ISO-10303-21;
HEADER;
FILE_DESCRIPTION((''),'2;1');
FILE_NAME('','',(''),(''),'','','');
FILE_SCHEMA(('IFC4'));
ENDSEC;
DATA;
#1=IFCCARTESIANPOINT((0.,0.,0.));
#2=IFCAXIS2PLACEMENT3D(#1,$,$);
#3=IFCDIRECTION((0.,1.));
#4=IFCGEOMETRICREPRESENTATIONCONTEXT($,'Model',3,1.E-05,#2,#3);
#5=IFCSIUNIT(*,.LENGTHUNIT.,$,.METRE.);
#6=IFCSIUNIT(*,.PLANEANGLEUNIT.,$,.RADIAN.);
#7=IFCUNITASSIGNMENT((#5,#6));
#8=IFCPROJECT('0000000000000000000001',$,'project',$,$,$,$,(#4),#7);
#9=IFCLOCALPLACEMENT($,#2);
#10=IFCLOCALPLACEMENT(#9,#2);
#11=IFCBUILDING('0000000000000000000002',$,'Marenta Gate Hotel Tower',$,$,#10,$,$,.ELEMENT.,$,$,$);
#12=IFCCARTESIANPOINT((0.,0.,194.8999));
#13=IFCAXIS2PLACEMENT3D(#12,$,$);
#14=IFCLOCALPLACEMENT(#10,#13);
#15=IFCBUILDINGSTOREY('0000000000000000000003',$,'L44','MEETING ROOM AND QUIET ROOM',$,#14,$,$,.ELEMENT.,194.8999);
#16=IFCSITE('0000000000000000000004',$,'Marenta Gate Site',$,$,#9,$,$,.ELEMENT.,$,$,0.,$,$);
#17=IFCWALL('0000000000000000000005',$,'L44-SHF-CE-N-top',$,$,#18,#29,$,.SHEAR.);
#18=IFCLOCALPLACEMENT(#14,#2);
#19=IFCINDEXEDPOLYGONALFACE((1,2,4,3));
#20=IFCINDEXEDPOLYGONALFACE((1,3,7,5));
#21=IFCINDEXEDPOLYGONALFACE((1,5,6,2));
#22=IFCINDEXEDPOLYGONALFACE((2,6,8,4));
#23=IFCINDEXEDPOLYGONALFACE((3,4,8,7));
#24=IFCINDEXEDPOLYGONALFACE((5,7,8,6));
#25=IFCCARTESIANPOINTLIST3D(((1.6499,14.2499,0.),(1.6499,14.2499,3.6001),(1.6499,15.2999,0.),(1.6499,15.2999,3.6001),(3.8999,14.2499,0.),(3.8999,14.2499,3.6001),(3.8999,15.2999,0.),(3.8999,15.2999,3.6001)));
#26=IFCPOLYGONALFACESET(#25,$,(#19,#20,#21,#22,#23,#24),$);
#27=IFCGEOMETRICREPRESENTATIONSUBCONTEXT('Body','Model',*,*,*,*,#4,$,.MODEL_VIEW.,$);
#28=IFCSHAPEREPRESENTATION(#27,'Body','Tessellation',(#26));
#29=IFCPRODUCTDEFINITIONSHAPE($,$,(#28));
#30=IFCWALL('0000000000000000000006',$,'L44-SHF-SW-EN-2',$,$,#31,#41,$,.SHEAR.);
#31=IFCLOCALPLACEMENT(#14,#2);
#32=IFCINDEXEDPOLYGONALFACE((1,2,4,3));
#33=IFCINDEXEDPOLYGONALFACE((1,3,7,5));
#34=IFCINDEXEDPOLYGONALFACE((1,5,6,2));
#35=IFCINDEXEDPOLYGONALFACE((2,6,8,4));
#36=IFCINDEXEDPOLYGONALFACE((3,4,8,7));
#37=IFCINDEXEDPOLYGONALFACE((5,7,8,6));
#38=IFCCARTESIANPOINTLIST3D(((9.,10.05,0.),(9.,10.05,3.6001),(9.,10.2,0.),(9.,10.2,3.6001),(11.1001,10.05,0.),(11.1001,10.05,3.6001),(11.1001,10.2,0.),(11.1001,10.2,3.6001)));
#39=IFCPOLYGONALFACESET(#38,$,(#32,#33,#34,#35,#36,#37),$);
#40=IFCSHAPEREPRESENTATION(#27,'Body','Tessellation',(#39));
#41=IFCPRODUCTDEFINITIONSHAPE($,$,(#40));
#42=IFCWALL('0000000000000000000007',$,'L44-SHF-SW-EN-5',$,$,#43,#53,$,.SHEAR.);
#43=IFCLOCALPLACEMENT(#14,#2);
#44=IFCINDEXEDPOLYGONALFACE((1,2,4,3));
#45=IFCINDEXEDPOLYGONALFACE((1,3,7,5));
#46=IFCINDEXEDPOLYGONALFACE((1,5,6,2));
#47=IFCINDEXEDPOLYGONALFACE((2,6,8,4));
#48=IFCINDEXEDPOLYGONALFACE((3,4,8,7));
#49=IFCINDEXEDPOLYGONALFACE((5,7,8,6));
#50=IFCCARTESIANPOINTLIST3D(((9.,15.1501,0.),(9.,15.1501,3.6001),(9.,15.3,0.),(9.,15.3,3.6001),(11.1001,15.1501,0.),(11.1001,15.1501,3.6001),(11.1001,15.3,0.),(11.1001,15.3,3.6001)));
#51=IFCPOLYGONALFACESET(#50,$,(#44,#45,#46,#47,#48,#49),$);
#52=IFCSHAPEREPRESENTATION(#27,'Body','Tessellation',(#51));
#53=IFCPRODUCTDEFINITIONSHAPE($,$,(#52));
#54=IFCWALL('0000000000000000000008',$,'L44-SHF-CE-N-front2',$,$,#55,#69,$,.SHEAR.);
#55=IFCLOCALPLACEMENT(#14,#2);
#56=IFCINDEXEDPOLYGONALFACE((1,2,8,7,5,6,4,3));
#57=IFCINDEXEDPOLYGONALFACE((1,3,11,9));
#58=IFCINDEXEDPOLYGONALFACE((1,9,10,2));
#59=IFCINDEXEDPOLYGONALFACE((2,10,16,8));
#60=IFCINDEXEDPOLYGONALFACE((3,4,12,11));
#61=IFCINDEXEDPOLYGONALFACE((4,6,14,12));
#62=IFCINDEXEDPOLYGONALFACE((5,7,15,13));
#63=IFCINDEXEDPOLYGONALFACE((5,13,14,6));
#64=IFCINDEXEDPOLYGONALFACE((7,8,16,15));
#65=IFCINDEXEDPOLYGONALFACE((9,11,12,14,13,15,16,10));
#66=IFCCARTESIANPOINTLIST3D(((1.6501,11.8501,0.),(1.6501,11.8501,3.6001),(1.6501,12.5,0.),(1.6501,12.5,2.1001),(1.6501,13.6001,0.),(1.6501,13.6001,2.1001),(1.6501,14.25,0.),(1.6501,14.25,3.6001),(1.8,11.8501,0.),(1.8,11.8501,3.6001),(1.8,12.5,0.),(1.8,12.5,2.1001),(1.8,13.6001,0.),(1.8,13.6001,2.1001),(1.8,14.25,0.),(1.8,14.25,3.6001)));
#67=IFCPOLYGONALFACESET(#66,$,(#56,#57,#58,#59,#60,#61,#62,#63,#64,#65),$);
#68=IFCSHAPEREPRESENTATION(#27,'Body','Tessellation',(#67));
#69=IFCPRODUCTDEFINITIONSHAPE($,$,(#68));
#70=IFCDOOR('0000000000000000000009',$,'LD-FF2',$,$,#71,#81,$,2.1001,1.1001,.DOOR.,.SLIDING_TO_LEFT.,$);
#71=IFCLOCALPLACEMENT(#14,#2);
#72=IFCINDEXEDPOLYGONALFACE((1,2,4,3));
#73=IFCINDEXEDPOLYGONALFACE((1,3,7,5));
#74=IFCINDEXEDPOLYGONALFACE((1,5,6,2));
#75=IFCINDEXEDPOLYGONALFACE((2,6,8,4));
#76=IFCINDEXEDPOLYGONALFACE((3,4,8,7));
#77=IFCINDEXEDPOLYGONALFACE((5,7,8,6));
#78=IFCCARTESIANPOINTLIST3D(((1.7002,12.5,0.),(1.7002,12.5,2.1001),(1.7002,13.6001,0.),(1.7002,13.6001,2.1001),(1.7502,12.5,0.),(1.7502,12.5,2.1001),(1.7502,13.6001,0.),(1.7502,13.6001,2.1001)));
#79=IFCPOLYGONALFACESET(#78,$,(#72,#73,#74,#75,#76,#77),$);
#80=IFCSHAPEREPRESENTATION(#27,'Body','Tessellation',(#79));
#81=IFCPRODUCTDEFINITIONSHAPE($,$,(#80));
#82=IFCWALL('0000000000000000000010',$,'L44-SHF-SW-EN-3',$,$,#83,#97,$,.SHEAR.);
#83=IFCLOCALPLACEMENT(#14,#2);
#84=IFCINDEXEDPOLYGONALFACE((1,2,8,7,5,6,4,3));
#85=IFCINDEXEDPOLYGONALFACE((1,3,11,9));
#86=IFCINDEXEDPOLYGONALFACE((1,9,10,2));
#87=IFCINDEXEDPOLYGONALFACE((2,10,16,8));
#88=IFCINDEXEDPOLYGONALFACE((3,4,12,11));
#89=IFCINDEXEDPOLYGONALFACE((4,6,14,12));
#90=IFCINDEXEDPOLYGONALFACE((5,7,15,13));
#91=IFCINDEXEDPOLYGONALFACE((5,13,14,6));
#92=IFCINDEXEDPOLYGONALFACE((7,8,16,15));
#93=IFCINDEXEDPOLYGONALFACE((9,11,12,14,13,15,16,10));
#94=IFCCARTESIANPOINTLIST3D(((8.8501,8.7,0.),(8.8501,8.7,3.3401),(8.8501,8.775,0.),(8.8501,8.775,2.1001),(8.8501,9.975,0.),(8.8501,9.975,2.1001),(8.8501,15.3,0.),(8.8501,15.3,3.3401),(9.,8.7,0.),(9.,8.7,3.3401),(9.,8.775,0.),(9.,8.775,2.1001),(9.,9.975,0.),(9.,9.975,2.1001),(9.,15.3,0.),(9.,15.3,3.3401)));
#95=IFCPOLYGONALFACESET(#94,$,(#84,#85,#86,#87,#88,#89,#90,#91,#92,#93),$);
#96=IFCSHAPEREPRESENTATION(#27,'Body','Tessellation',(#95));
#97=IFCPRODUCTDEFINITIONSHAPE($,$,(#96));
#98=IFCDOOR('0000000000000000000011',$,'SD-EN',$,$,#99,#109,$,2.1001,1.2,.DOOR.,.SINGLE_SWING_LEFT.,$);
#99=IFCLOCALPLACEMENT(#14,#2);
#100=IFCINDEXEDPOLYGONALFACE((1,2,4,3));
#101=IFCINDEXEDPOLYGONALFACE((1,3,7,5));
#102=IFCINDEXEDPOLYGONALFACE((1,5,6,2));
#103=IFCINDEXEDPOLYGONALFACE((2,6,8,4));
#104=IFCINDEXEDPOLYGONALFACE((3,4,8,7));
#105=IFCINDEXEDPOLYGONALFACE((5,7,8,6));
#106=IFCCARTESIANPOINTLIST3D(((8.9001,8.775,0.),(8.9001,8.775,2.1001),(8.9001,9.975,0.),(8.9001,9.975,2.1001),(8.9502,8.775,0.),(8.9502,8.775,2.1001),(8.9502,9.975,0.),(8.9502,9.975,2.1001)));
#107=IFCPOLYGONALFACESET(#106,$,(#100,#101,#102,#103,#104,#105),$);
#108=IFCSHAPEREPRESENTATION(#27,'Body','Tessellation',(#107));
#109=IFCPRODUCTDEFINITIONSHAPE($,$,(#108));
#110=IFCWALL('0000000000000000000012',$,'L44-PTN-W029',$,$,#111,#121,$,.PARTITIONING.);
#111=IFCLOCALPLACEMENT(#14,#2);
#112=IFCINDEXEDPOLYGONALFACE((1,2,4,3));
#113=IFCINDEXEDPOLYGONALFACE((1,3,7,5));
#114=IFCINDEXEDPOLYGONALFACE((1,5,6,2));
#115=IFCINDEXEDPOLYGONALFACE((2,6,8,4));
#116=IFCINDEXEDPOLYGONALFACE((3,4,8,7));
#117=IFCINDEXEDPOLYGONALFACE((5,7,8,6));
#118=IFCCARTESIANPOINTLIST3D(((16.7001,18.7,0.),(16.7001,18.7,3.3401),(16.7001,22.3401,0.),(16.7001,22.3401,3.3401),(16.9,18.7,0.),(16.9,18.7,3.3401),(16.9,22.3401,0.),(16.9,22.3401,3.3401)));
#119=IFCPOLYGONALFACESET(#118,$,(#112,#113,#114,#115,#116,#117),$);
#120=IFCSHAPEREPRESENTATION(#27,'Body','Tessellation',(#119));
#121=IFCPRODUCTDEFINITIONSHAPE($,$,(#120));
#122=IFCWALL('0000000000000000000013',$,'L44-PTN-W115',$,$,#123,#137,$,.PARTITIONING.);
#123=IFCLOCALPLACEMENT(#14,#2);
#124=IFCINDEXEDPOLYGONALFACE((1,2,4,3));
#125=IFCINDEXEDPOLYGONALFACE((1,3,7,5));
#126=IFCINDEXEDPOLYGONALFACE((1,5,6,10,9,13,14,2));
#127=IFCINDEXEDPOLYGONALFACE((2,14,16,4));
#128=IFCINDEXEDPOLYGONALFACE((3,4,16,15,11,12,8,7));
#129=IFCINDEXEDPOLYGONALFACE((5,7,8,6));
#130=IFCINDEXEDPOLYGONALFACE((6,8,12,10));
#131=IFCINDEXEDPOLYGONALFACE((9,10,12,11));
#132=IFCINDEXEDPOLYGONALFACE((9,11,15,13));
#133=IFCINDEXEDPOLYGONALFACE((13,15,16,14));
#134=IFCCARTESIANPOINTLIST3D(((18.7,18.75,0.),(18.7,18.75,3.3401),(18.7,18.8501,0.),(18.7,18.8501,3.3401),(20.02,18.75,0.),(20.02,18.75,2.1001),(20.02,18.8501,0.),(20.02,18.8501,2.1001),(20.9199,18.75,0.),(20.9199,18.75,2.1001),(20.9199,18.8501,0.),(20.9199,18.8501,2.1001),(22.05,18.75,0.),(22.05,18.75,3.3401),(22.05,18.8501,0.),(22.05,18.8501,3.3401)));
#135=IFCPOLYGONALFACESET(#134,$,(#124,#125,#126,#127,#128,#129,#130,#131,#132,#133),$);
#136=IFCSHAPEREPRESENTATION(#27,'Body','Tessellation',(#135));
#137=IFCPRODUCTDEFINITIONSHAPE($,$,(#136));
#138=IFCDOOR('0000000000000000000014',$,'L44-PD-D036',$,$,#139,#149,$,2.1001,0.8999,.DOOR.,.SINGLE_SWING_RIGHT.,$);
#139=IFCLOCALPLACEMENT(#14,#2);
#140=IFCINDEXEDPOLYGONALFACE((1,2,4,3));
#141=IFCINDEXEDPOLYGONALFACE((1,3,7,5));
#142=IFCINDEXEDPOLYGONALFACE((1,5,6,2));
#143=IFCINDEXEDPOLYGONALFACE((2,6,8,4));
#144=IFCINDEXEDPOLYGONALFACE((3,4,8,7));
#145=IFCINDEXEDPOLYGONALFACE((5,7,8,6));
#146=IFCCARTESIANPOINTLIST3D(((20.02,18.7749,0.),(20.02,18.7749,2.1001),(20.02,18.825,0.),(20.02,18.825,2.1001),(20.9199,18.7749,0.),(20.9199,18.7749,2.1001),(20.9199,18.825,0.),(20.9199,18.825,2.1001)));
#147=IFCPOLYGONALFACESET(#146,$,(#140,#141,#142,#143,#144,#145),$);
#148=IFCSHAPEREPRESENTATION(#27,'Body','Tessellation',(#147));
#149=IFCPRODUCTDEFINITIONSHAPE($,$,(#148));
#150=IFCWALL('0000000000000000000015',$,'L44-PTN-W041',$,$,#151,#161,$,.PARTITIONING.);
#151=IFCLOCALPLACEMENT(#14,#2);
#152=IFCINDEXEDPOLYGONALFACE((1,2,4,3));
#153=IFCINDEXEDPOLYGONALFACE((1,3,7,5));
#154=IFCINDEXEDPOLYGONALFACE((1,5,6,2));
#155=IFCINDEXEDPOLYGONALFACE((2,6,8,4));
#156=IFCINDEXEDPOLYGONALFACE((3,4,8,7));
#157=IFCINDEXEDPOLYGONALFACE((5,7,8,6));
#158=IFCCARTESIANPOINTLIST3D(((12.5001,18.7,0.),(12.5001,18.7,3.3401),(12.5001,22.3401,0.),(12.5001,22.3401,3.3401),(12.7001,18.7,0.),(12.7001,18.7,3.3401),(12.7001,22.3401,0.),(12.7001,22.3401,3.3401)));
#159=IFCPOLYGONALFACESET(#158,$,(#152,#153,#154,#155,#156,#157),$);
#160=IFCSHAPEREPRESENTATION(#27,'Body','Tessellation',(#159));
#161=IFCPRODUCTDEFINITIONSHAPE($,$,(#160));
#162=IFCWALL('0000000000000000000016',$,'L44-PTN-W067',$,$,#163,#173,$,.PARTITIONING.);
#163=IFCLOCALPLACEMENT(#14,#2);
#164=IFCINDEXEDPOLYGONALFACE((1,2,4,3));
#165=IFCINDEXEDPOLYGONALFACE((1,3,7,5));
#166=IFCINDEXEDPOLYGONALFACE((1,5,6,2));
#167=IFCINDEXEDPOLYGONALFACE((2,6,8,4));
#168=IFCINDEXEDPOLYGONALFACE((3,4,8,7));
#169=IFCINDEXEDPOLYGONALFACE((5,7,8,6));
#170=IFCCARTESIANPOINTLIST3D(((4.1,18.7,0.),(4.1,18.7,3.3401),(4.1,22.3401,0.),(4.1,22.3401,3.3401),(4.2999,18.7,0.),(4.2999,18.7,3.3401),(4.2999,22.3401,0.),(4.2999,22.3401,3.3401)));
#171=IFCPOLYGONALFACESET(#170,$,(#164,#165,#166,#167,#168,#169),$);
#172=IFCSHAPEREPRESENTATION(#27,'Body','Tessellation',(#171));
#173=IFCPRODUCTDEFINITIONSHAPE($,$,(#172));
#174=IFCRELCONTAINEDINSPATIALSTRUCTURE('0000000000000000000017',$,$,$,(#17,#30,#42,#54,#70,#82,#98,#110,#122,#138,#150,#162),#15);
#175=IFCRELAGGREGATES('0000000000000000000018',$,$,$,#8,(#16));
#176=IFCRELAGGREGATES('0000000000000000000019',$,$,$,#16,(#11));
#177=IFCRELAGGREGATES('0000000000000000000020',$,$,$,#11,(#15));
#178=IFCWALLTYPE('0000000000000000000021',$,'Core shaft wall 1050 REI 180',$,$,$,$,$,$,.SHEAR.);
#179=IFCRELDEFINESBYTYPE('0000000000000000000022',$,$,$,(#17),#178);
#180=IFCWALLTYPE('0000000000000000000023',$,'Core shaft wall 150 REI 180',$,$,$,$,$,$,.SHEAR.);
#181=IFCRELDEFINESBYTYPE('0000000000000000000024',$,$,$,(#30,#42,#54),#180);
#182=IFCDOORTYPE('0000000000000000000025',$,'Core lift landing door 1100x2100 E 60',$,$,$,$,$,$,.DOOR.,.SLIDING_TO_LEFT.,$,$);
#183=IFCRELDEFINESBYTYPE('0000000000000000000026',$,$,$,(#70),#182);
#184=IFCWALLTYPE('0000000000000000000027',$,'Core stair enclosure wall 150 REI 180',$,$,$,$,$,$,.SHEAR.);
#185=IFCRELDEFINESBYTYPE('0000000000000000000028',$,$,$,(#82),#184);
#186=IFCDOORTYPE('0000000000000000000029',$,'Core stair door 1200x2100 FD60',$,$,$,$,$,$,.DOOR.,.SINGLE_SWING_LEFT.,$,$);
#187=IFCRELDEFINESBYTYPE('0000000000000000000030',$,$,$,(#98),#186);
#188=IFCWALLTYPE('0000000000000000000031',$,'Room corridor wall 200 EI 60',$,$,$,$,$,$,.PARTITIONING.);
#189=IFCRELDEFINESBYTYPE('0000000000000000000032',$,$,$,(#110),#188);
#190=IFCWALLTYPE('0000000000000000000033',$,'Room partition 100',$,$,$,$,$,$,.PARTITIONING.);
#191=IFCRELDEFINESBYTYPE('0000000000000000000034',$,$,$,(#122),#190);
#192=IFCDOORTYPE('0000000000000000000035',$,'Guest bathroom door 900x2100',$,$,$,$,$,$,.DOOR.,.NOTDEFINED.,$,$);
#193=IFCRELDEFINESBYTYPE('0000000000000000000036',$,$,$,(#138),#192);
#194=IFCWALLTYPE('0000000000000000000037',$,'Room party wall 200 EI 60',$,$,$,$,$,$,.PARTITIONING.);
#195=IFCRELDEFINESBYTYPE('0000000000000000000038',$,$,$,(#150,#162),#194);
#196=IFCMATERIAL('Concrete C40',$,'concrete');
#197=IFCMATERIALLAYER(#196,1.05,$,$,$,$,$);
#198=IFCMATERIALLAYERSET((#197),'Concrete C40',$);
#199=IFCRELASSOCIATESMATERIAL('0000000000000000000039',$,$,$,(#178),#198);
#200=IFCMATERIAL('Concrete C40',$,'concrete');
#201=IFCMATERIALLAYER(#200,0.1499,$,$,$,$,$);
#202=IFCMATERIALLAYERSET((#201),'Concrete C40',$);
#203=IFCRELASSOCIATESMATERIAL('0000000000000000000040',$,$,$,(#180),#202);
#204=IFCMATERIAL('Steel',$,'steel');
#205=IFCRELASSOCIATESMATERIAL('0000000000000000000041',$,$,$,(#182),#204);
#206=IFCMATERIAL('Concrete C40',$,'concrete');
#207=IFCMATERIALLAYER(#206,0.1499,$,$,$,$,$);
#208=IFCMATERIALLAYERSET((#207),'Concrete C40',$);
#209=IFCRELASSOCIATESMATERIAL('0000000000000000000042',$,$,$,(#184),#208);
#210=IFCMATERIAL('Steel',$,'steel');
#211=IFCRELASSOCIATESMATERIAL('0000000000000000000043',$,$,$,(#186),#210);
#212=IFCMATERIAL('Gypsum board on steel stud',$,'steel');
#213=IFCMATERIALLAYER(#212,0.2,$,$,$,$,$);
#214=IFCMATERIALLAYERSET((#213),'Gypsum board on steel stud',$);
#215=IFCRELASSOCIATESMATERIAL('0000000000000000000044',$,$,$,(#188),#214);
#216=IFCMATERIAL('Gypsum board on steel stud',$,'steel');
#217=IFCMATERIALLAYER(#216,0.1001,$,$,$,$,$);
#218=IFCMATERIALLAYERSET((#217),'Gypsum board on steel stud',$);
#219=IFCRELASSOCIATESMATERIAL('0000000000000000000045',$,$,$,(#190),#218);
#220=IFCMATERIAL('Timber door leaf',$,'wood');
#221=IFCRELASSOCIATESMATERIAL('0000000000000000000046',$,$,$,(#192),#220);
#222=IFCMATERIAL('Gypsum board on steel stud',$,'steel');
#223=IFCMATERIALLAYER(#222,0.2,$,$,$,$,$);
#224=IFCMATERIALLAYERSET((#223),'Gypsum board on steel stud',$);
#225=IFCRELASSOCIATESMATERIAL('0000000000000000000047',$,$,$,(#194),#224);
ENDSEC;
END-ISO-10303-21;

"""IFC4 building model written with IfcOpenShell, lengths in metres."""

from ifc_helpers import new_model, si_unit, direction, frame, frame_2d, origin, place, context, subcontext, project, spatial, rectangle, extrude, material, layer, layer_set, type_object, element, fill, save


model = new_model("IFC4")

# Units and contexts
model_context = context("Model", 3, precision=1e-05, world=origin(), true_north=direction((0.0, 1.0)))
body_context = subcontext(model_context, "Body", "Model", "MODEL_VIEW")
ifc_project = project(units=[si_unit("LENGTHUNIT", "METRE"), si_unit("PLANEANGLEUNIT", "RADIAN")], contexts=[model_context])

# Site, building, storey
site_placement = place(None, origin())
site = spatial("IfcSite", under=ifc_project, at=site_placement, Name="Marenta Gate Site", CompositionType="ELEMENT", RefElevation=0.0)
building_placement = place(site_placement, origin())
building = spatial("IfcBuilding", under=site, at=building_placement, Name="Marenta Gate Hotel Tower", CompositionType="ELEMENT")
storey_placement = place(building_placement, frame((0.0, 0.0, 194.8999)))
storey = spatial("IfcBuildingStorey", under=building, at=storey_placement, Name="L44", Description="MEETING ROOM AND QUIET ROOM", CompositionType="ELEMENT", Elevation=194.8999)

# Walls
ifc_material_1 = material(Name="Concrete C40", Category="concrete")
ifc_layer_1 = layer(ifc_material_1, 1.05)
ifc_layer_set_1 = layer_set([ifc_layer_1], Name="Concrete C40")
wall_type_1 = type_object("IfcWallType", Name="Core shaft wall 1050 REI 180", PredefinedType="SHEAR", material=ifc_layer_set_1)
wall_1_placement = place(storey_placement, frame((1.6499, 14.7749, 0.0), z_axis=(0.0, 0.0, 1.0), x_axis=(1.0, 0.0, 0.0)))
element("IfcWall", 1, at=wall_1_placement, inside=storey, type_object=wall_type_1, Name="L44-SHF-CE-N-top", PredefinedType="SHEAR", context=body_context, shape_type="SweptSolid", body=[
    extrude(rectangle(XDim=2.25, YDim=1.05, at=frame_2d((1.125, 0.0))), origin(), (0.0, 0.0, 1.0), 3.6001),
])
ifc_material_2 = material(Name="Concrete C40", Category="concrete")
ifc_layer_2 = layer(ifc_material_2, 0.1499)
ifc_layer_set_2 = layer_set([ifc_layer_2], Name="Concrete C40")
wall_type_2 = type_object("IfcWallType", Name="Core shaft wall 150 REI 180", PredefinedType="SHEAR", material=ifc_layer_set_2)
for number, where, z_axis, x_axis, name in (
    (2, (9.0, 10.125, 0.0), (0.0, 0.0, 1.0), (1.0, 0.0, 0.0), "L44-SHF-SW-EN-2"),
    (3, (9.0, 15.2251, 0.0), (0.0, 0.0, 1.0), (1.0, 0.0, 0.0), "L44-SHF-SW-EN-5"),
):
    element("IfcWall", number, at=place(storey_placement, frame(where, z_axis=z_axis, x_axis=x_axis)), inside=storey, type_object=wall_type_2, Name=name, PredefinedType="SHEAR", context=body_context, shape_type="SweptSolid", body=[
        extrude(rectangle(XDim=2.1001, YDim=0.1499, at=frame_2d((1.05, 0.0))), origin(), (0.0, 0.0, 1.0), 3.6001),
    ])

# Walls, openings, doors
wall_2_placement = place(storey_placement, frame((1.7251, 11.8501, 0.0), z_axis=(0.0, 0.0, 1.0), x_axis=(0.0, 1.0, 0.0)))
wall_2 = element("IfcWall", 4, at=wall_2_placement, inside=storey, type_object=wall_type_2, Name="L44-SHF-CE-N-front2", PredefinedType="SHEAR", context=body_context, shape_type="SweptSolid", body=[
    extrude(rectangle(XDim=2.3999, YDim=0.1499, at=frame_2d((1.2, 0.0))), origin(), (0.0, 0.0, 1.0), 3.6001),
])
opening_1_placement = place(wall_2_placement, frame((0.6499, 0.0, 0.0)))
opening_1 = element("IfcOpeningElement", 5, at=opening_1_placement, cuts=wall_2, PredefinedType="OPENING", context=body_context, shape_type="SweptSolid", body=[
    extrude(rectangle(XDim=1.1001, YDim=2.1001, at=frame_2d((0.55, 1.05))), frame((0.0, 0.075, 0.0), z_axis=(0.0, -1.0, 0.0), x_axis=(1.0, 0.0, 0.0)), (0.0, 0.0, 1.0), 0.1499),
])
ifc_material_3 = material(Name="Steel", Category="steel")
door_type_1 = type_object("IfcDoorType", Name="Core lift landing door 1100x2100 E 60", OperationType="SLIDING_TO_LEFT", PredefinedType="DOOR", material=ifc_material_3)
door_1_placement = place(opening_1_placement, origin())
door_1 = element("IfcDoor", 6, at=door_1_placement, inside=storey, type_object=door_type_1, Name="LD-FF2", OperationType="SLIDING_TO_LEFT", OverallHeight=2.1001, OverallWidth=1.1001, PredefinedType="DOOR", context=body_context, shape_type="SweptSolid", body=[
    extrude(rectangle(XDim=1.1001, YDim=2.1001, at=frame_2d((0.55, 1.05))), frame((0.0, 0.0249, 0.0), z_axis=(0.0, -1.0, 0.0), x_axis=(1.0, 0.0, 0.0)), (0.0, 0.0, 1.0), 0.05),
])
fill(opening_1, door_1)
ifc_material_4 = material(Name="Concrete C40", Category="concrete")
ifc_layer_3 = layer(ifc_material_4, 0.1499)
ifc_layer_set_3 = layer_set([ifc_layer_3], Name="Concrete C40")
wall_type_3 = type_object("IfcWallType", Name="Core stair enclosure wall 150 REI 180", PredefinedType="SHEAR", material=ifc_layer_set_3)
wall_3_placement = place(storey_placement, frame((8.925, 8.7, 0.0), z_axis=(0.0, 0.0, 1.0), x_axis=(0.0, 1.0, 0.0)))
wall_3 = element("IfcWall", 7, at=wall_3_placement, inside=storey, type_object=wall_type_3, Name="L44-SHF-SW-EN-3", PredefinedType="SHEAR", context=body_context, shape_type="SweptSolid", body=[
    extrude(rectangle(XDim=6.6001, YDim=0.1499, at=frame_2d((3.3, 0.0))), origin(), (0.0, 0.0, 1.0), 3.3401),
])
opening_2_placement = place(wall_3_placement, frame((0.075, 0.0, 0.0)))
opening_2 = element("IfcOpeningElement", 8, at=opening_2_placement, cuts=wall_3, PredefinedType="OPENING", context=body_context, shape_type="SweptSolid", body=[
    extrude(rectangle(XDim=1.2, YDim=2.1001, at=frame_2d((0.6001, 1.05))), frame((0.0, 0.075, 0.0), z_axis=(0.0, -1.0, 0.0), x_axis=(1.0, 0.0, 0.0)), (0.0, 0.0, 1.0), 0.1499),
])
ifc_material_5 = material(Name="Steel", Category="steel")
door_type_2 = type_object("IfcDoorType", Name="Core stair door 1200x2100 FD60", OperationType="SINGLE_SWING_LEFT", PredefinedType="DOOR", material=ifc_material_5)
door_2_placement = place(opening_2_placement, origin())
door_2 = element("IfcDoor", 9, at=door_2_placement, inside=storey, type_object=door_type_2, Name="SD-EN", OperationType="SINGLE_SWING_LEFT", OverallHeight=2.1001, OverallWidth=1.2, PredefinedType="DOOR", context=body_context, shape_type="SweptSolid", body=[
    extrude(rectangle(XDim=1.2, YDim=2.1001, at=frame_2d((0.6001, 1.05))), frame((0.0, 0.0249, 0.0), z_axis=(0.0, -1.0, 0.0), x_axis=(1.0, 0.0, 0.0)), (0.0, 0.0, 1.0), 0.05),
])
fill(opening_2, door_2)

# Wall
ifc_material_6 = material(Name="Gypsum board on steel stud", Category="steel")
ifc_layer_4 = layer(ifc_material_6, 0.2)
ifc_layer_set_4 = layer_set([ifc_layer_4], Name="Gypsum board on steel stud")
wall_type_4 = type_object("IfcWallType", Name="Room corridor wall 200 EI 60", PredefinedType="PARTITIONING", material=ifc_layer_set_4)
wall_4_placement = place(storey_placement, frame((16.8, 18.7, 0.0), z_axis=(0.0, 0.0, 1.0), x_axis=(0.0, 1.0, 0.0)))
element("IfcWall", 10, at=wall_4_placement, inside=storey, type_object=wall_type_4, Name="L44-PTN-W029", PredefinedType="PARTITIONING", context=body_context, shape_type="SweptSolid", body=[
    extrude(rectangle(XDim=3.6401, YDim=0.2, at=frame_2d((1.8201, 0.0))), origin(), (0.0, 0.0, 1.0), 3.3401),
])

# Wall, opening, door
ifc_material_7 = material(Name="Gypsum board on steel stud", Category="steel")
ifc_layer_5 = layer(ifc_material_7, 0.1001)
ifc_layer_set_5 = layer_set([ifc_layer_5], Name="Gypsum board on steel stud")
wall_type_5 = type_object("IfcWallType", Name="Room partition 100", PredefinedType="PARTITIONING", material=ifc_layer_set_5)
wall_5_placement = place(storey_placement, frame((18.7, 18.8, 0.0), z_axis=(0.0, 0.0, 1.0), x_axis=(1.0, 0.0, 0.0)))
wall_5 = element("IfcWall", 11, at=wall_5_placement, inside=storey, type_object=wall_type_5, Name="L44-PTN-W115", PredefinedType="PARTITIONING", context=body_context, shape_type="SweptSolid", body=[
    extrude(rectangle(XDim=3.3501, YDim=0.1001, at=frame_2d((1.675, 0.0))), origin(), (0.0, 0.0, 1.0), 3.3401),
])
opening_3_placement = place(wall_5_placement, frame((1.3201, 0.0, 0.0)))
opening_3 = element("IfcOpeningElement", 12, at=opening_3_placement, cuts=wall_5, PredefinedType="OPENING", context=body_context, shape_type="SweptSolid", body=[
    extrude(rectangle(XDim=0.8999, YDim=2.1001, at=frame_2d((0.45, 1.05))), frame((0.0, 0.05, 0.0), z_axis=(0.0, -1.0, 0.0), x_axis=(1.0, 0.0, 0.0)), (0.0, 0.0, 1.0), 0.1001),
])
ifc_material_8 = material(Name="Timber door leaf", Category="wood")
door_type_3 = type_object("IfcDoorType", Name="Guest bathroom door 900x2100", OperationType="NOTDEFINED", PredefinedType="DOOR", material=ifc_material_8)
door_3_placement = place(opening_3_placement, origin())
door_3 = element("IfcDoor", 13, at=door_3_placement, inside=storey, type_object=door_type_3, Name="L44-PD-D036", OperationType="SINGLE_SWING_RIGHT", OverallHeight=2.1001, OverallWidth=0.8999, PredefinedType="DOOR", context=body_context, shape_type="SweptSolid", body=[
    extrude(rectangle(XDim=0.8999, YDim=2.1001, at=frame_2d((0.45, 1.05))), frame((0.0, 0.0249, 0.0), z_axis=(0.0, -1.0, 0.0), x_axis=(1.0, 0.0, 0.0)), (0.0, 0.0, 1.0), 0.05),
])
fill(opening_3, door_3)

# Walls
ifc_material_9 = material(Name="Gypsum board on steel stud", Category="steel")
ifc_layer_6 = layer(ifc_material_9, 0.2)
ifc_layer_set_6 = layer_set([ifc_layer_6], Name="Gypsum board on steel stud")
wall_type_6 = type_object("IfcWallType", Name="Room party wall 200 EI 60", PredefinedType="PARTITIONING", material=ifc_layer_set_6)
for number, where, z_axis, x_axis, name in (
    (14, (12.6001, 18.7, 0.0), (0.0, 0.0, 1.0), (0.0, 1.0, 0.0), "L44-PTN-W041"),
    (15, (4.2, 18.7, 0.0), (0.0, 0.0, 1.0), (0.0, 1.0, 0.0), "L44-PTN-W067"),
):
    element("IfcWall", number, at=place(storey_placement, frame(where, z_axis=z_axis, x_axis=x_axis)), inside=storey, type_object=wall_type_6, Name=name, PredefinedType="PARTITIONING", context=body_context, shape_type="SweptSolid", body=[
        extrude(rectangle(XDim=3.6401, YDim=0.2, at=frame_2d((1.8201, 0.0))), origin(), (0.0, 0.0, 1.0), 3.3401),
    ])

save(model, "model.ifc")
